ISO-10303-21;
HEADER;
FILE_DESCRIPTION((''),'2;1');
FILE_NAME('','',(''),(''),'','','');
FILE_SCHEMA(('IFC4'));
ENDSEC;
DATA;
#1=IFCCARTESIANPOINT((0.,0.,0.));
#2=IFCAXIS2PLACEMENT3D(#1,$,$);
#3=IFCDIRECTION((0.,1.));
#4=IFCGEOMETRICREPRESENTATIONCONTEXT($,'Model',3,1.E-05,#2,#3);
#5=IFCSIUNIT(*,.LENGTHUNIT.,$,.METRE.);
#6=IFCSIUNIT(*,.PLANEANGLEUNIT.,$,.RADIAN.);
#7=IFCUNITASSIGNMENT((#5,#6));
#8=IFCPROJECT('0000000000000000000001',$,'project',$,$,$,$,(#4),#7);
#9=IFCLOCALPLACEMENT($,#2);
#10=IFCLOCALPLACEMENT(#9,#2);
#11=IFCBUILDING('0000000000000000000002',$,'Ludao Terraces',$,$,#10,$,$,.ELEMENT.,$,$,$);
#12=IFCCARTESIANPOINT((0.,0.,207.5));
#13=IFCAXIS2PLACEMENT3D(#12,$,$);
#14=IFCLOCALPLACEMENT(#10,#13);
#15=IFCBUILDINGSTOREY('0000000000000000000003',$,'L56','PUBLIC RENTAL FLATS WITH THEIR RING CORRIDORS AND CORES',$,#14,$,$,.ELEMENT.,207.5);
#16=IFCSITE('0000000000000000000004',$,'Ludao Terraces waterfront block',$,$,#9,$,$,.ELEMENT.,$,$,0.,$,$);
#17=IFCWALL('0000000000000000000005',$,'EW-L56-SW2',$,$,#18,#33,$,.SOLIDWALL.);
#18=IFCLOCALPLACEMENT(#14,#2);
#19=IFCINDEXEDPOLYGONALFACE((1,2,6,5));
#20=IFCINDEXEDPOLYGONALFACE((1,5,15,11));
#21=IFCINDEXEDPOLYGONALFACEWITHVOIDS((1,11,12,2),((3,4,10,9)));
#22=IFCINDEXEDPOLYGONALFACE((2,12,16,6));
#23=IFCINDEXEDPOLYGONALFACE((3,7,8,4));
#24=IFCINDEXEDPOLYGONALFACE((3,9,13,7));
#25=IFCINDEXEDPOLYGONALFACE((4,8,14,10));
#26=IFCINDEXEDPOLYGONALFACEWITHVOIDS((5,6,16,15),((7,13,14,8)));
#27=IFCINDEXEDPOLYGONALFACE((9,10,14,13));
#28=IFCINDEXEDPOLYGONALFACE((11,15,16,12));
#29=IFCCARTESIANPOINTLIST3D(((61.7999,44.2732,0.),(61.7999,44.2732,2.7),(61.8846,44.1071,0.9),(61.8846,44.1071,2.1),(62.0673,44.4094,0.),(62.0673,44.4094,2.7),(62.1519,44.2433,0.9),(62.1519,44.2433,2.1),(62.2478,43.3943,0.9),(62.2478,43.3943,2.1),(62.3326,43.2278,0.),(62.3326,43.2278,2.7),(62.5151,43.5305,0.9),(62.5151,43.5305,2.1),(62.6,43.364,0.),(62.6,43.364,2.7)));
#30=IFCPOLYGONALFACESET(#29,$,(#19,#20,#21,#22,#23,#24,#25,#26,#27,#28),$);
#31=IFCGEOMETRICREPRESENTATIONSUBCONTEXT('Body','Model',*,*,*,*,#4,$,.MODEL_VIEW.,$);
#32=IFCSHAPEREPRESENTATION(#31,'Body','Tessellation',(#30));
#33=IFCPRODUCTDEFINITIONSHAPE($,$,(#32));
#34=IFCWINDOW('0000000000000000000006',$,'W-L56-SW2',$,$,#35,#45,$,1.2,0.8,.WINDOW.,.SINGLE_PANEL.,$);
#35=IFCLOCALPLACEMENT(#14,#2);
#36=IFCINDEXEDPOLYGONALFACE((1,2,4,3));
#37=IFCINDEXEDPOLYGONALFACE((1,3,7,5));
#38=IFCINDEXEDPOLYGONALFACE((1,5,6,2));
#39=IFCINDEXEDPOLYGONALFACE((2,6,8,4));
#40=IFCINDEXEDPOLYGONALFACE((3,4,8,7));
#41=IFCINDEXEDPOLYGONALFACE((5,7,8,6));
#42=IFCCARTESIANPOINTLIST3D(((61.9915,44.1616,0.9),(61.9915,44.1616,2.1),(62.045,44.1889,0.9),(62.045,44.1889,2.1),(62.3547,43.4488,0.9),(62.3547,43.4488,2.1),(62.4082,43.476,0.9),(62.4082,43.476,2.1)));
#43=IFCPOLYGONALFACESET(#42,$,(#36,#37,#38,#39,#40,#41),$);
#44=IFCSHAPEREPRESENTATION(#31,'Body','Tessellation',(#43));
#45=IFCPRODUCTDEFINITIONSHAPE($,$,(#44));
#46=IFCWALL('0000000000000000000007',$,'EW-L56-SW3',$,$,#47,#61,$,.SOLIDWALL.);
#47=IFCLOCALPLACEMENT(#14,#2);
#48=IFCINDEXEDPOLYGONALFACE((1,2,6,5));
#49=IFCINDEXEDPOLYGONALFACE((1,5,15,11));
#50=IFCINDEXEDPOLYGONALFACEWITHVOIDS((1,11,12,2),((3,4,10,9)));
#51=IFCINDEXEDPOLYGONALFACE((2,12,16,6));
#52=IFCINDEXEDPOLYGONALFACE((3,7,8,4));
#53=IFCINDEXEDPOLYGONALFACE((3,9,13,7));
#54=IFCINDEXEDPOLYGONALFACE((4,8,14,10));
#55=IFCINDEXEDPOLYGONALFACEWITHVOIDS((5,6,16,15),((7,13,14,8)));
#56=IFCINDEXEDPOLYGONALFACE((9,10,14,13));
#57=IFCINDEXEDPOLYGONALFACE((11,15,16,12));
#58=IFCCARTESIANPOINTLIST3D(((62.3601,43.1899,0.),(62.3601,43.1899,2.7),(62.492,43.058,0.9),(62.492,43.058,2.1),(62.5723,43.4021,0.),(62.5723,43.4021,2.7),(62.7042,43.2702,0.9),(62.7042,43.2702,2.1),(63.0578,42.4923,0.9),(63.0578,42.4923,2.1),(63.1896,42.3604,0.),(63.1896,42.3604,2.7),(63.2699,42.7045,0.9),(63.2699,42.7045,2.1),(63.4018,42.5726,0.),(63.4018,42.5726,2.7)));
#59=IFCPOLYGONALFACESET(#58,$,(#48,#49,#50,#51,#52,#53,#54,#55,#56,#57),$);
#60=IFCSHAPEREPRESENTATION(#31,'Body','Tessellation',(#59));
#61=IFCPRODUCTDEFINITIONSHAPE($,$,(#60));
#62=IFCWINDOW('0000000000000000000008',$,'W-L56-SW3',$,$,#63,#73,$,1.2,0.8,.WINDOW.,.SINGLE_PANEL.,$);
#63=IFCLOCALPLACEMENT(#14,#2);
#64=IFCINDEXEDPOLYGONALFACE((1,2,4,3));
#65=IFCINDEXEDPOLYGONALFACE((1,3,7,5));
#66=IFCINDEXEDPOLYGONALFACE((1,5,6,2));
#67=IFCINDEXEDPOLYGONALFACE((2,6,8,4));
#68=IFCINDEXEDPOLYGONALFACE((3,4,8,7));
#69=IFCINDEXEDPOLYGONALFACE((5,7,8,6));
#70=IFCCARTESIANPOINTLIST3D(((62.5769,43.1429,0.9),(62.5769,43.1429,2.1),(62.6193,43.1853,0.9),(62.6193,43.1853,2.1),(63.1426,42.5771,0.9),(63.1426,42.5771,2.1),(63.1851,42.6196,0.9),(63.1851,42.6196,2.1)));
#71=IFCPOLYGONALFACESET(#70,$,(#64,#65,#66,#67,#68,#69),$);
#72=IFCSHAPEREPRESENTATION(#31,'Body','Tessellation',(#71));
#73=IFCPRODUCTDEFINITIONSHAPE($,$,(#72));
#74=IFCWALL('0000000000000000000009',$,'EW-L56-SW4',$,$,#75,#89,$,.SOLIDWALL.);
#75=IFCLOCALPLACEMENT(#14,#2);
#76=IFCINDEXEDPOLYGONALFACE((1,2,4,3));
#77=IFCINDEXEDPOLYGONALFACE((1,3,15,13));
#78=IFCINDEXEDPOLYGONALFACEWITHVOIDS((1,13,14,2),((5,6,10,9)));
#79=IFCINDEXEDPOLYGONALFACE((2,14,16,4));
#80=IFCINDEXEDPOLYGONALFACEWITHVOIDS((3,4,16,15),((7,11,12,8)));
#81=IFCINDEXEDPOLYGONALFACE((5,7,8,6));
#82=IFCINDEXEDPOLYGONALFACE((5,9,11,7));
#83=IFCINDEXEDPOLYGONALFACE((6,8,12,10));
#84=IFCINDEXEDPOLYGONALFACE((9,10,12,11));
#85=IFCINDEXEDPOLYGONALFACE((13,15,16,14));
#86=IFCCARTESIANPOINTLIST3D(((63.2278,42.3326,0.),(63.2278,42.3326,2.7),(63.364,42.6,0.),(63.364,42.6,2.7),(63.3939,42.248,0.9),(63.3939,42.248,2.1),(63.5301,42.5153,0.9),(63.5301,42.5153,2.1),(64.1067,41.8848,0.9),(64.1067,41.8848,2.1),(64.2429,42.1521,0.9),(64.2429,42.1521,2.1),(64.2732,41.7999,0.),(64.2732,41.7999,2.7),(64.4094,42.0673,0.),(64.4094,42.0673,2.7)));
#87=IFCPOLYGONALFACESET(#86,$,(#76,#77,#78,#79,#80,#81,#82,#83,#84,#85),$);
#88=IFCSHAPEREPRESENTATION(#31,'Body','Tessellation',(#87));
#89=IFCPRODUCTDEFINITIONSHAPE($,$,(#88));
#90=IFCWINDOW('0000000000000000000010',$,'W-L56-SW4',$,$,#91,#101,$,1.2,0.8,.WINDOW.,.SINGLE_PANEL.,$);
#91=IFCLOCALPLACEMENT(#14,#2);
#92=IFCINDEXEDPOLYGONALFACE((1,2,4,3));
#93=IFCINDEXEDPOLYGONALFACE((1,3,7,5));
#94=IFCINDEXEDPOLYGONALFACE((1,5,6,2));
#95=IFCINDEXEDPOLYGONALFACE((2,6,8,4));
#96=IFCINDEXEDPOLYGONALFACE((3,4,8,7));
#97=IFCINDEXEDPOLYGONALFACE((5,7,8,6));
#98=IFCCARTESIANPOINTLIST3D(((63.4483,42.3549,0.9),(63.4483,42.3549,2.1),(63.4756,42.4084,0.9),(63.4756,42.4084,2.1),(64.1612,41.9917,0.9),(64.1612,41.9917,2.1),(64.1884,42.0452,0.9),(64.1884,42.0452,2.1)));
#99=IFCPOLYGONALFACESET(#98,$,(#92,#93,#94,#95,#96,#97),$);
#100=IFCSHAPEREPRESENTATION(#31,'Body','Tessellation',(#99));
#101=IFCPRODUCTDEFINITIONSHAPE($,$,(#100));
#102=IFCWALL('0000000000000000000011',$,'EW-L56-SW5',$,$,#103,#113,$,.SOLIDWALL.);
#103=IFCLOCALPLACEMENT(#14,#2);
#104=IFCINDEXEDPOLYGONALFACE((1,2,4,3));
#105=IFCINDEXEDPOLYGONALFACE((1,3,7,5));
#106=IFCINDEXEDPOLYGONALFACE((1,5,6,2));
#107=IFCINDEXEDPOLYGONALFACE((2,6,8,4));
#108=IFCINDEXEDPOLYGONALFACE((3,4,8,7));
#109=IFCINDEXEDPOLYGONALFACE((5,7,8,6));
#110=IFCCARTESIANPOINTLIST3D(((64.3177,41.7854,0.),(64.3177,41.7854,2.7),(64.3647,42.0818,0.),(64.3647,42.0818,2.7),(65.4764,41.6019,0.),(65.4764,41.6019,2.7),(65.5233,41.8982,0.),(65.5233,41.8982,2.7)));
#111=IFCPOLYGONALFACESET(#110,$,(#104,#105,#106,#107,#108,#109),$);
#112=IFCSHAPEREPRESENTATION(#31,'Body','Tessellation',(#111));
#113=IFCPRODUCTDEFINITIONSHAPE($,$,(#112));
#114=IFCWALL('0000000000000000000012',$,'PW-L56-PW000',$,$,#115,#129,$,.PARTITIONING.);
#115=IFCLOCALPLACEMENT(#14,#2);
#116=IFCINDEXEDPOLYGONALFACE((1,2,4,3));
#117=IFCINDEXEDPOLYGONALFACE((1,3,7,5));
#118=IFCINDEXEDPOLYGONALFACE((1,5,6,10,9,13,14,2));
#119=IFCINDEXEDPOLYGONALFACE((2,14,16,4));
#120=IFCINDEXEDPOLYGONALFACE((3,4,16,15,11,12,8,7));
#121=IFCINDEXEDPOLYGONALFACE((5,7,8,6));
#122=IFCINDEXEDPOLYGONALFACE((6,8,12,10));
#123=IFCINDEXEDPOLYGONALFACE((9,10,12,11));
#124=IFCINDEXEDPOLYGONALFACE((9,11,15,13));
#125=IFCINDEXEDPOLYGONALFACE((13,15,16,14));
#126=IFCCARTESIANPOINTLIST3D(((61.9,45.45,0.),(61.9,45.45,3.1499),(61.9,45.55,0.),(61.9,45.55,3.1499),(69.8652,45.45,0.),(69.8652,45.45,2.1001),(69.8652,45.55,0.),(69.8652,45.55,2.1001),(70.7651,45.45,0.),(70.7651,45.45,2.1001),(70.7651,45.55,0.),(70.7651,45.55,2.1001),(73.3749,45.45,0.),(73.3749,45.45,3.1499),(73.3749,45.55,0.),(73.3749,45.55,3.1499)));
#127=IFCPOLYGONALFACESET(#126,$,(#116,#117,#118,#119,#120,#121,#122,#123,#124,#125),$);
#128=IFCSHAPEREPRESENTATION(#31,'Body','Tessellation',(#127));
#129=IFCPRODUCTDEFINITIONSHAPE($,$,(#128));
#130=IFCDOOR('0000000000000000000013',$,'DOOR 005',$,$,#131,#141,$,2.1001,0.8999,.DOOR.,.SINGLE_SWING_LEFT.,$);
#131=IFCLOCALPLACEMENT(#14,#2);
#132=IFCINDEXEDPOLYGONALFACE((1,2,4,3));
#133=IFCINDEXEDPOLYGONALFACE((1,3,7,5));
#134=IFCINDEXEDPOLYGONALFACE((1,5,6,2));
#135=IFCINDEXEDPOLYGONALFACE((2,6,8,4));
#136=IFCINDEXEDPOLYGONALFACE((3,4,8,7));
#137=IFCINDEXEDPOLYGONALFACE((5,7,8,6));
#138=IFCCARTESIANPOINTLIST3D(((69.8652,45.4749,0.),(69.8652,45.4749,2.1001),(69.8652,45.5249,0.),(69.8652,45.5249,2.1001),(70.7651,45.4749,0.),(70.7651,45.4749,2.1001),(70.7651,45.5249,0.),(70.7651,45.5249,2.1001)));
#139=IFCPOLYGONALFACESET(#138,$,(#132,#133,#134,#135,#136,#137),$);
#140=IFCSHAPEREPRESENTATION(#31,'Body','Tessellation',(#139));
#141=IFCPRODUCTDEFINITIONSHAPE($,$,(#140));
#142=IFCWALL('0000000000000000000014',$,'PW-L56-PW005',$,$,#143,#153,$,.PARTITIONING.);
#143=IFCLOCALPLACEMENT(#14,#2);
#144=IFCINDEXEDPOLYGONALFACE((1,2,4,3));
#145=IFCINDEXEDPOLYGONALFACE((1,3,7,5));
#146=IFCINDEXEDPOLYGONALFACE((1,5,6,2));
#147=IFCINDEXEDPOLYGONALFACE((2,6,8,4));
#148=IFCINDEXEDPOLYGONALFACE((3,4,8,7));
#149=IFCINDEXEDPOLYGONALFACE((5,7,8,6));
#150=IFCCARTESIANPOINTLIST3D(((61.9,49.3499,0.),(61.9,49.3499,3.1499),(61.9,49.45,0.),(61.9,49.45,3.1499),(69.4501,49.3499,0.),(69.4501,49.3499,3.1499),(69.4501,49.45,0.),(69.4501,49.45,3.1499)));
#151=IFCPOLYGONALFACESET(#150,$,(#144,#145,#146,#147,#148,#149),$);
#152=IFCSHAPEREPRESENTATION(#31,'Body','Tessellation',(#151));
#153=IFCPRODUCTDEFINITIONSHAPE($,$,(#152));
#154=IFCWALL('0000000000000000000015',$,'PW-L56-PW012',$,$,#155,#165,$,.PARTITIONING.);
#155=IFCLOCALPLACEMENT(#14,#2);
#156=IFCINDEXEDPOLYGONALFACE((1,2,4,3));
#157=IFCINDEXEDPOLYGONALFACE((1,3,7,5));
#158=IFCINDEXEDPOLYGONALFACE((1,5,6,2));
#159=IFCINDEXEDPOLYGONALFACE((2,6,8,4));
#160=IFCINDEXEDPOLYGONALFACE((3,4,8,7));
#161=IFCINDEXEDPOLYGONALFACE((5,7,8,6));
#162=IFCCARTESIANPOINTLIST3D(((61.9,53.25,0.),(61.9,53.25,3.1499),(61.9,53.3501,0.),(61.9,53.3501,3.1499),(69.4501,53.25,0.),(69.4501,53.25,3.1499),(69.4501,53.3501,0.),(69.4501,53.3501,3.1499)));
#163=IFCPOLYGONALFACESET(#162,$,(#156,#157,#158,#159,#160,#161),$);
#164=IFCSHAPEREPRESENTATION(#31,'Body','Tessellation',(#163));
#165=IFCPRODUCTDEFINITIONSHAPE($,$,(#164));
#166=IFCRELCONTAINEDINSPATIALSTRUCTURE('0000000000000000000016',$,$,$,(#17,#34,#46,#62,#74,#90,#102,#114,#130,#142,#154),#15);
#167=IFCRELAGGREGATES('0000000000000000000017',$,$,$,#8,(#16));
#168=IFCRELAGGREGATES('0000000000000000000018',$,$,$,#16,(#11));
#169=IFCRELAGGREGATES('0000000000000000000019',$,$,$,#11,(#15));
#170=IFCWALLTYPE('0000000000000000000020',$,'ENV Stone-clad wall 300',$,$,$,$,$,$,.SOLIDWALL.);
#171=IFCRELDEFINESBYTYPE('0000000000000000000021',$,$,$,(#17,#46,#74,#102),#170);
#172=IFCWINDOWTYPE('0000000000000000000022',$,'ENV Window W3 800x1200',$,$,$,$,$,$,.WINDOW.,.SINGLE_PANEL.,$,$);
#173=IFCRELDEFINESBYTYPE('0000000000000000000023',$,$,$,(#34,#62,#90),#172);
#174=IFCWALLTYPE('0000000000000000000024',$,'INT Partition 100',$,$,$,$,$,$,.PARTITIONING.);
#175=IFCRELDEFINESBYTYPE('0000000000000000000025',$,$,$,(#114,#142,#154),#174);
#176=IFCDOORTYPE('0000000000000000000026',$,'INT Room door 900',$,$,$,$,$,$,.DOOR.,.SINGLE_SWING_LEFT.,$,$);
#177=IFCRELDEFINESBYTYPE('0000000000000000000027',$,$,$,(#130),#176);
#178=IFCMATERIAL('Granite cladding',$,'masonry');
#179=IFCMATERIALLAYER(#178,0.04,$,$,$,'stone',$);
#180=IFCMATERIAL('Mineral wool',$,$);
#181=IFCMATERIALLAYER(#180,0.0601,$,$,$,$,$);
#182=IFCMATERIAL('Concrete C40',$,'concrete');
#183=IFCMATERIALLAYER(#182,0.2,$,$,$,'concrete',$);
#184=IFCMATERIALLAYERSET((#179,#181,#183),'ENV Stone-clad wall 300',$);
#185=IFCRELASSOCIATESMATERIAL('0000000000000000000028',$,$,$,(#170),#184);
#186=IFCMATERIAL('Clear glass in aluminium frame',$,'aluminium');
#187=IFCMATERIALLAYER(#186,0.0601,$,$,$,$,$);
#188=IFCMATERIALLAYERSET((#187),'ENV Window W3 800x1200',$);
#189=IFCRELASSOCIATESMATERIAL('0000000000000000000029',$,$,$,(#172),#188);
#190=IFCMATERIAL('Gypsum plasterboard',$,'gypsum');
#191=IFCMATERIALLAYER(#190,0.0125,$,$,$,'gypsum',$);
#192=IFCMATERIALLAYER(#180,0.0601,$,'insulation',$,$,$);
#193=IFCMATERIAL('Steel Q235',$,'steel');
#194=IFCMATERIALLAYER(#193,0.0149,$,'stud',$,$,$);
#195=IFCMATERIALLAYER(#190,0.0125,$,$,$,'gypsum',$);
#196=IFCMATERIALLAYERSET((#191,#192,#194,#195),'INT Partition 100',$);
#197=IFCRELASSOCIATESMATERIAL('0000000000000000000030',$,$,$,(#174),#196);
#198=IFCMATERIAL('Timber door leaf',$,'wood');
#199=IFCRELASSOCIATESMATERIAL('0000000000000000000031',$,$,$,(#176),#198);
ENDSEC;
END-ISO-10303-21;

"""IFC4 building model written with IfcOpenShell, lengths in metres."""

from ifc_helpers import new_model, si_unit, direction, frame, frame_2d, origin, place, context, subcontext, project, spatial, rectangle, extrude, material, layer, layer_set, type_object, element, fill, save


model = new_model("IFC4")

# Units and contexts
model_context = context("Model", 3, precision=1e-05, world=origin(), true_north=direction((0.0, 1.0)))
body_context = subcontext(model_context, "Body", "Model", "MODEL_VIEW")
ifc_project = project(units=[si_unit("LENGTHUNIT", "METRE"), si_unit("PLANEANGLEUNIT", "RADIAN")], contexts=[model_context])

# Site, building, storey
site_placement = place(None, origin())
site = spatial("IfcSite", under=ifc_project, at=site_placement, Name="Ludao Terraces waterfront block", CompositionType="ELEMENT", RefElevation=0.0)
building_placement = place(site_placement, origin())
building = spatial("IfcBuilding", under=site, at=building_placement, Name="Ludao Terraces", CompositionType="ELEMENT")
storey_placement = place(building_placement, frame((0.0, 0.0, 207.5)))
storey = spatial("IfcBuildingStorey", under=building, at=storey_placement, Name="L56", Description="PUBLIC RENTAL FLATS WITH THEIR RING CORRIDORS AND CORES", CompositionType="ELEMENT", Elevation=207.5)

# Shared definitions
ifc_material_1 = material(Name="Concrete C40", Category="concrete")

# Shared definitions
ifc_material_2 = material(Name="Granite cladding", Category="masonry")
ifc_layer_1 = layer(ifc_material_2, 0.04, Category="stone")
ifc_material_3 = material(Name="Mineral wool")
ifc_layer_2 = layer(ifc_material_3, 0.0601)
ifc_layer_3 = layer(ifc_material_1, 0.2, Category="concrete")
ifc_layer_set_1 = layer_set([ifc_layer_1, ifc_layer_2, ifc_layer_3], Name="ENV Stone-clad wall 300")
wall_type_1 = type_object("IfcWallType", Name="ENV Stone-clad wall 300", PredefinedType="SOLIDWALL", material=ifc_layer_set_1)
ifc_material_4 = material(Name="Clear glass in aluminium frame", Category="aluminium")

# Walls, openings, windows
wall_1_placement = place(storey_placement, frame((61.9336, 44.3413, 0.0), z_axis=(0.0, 0.0, 1.0), x_axis=(0.454026, -0.890989, 0.0)))
wall_1 = element("IfcWall", 1, at=wall_1_placement, inside=storey, type_object=wall_type_1, Name="EW-L56-SW2", PredefinedType="SOLIDWALL", context=body_context, shape_type="SweptSolid", body=[
    extrude(rectangle(XDim=1.1733, YDim=0.3, at=frame_2d((0.5867, 0.0))), origin(), (0.0, 0.0, 1.0), 2.7),
])
opening_1_placement = place(wall_1_placement, frame((0.1865, 0.0, 0.8999)))
opening_1 = element("IfcOpeningElement", 2, at=opening_1_placement, cuts=wall_1, PredefinedType="OPENING", context=body_context, shape_type="SweptSolid", body=[
    extrude(rectangle(XDim=0.8, YDim=1.2, at=frame_2d((0.3999, 0.6001))), frame((0.0, 0.1602, 0.0), z_axis=(0.0, -1.0, 0.0), x_axis=(1.0, 0.0, 0.0)), (0.0, 0.0, 1.0), 0.3201),
])
ifc_layer_4 = layer(ifc_material_4, 0.0601)
ifc_layer_set_2 = layer_set([ifc_layer_4], Name="ENV Window W3 800x1200")
window_type_1 = type_object("IfcWindowType", Name="ENV Window W3 800x1200", PartitioningType="SINGLE_PANEL", PredefinedType="WINDOW", material=ifc_layer_set_2)
window_1_placement = place(opening_1_placement, origin())
window_1 = element("IfcWindow", 3, at=window_1_placement, inside=storey, type_object=window_type_1, Name="W-L56-SW2", OverallHeight=1.2, OverallWidth=0.8, PartitioningType="SINGLE_PANEL", PredefinedType="WINDOW", context=body_context, shape_type="SweptSolid", body=[
    extrude(rectangle(XDim=0.8, YDim=1.2, at=frame_2d((0.3999, 0.6001))), frame((0.0, 0.03, 0.0), z_axis=(0.0, -1.0, 0.0), x_axis=(1.0, 0.0, 0.0)), (0.0, 0.0, 1.0), 0.0601),
])
fill(opening_1, window_1)
wall_2_placement = place(storey_placement, frame((62.4663, 43.2959, 0.0), z_axis=(0.0, 0.0, 1.0), x_axis=(0.707107, -0.707107, 0.0)))
wall_2 = element("IfcWall", 4, at=wall_2_placement, inside=storey, type_object=wall_type_1, Name="EW-L56-SW3", PredefinedType="SOLIDWALL", context=body_context, shape_type="SweptSolid", body=[
    extrude(rectangle(XDim=1.1731, YDim=0.3, at=frame_2d((0.5864, 0.0))), origin(), (0.0, 0.0, 1.0), 2.7),
])
opening_2_placement = place(wall_2_placement, frame((0.1865, 0.0, 0.8999)))
opening_2 = element("IfcOpeningElement", 5, at=opening_2_placement, cuts=wall_2, PredefinedType="OPENING", context=body_context, shape_type="SweptSolid", body=[
    extrude(rectangle(XDim=0.8, YDim=1.2, at=frame_2d((0.3999, 0.6001))), frame((0.0, 0.1602, 0.0), z_axis=(0.0, -1.0, 0.0), x_axis=(1.0, 0.0, 0.0)), (0.0, 0.0, 1.0), 0.3201),
])
window_2_placement = place(opening_2_placement, origin())
window_2 = element("IfcWindow", 6, at=window_2_placement, inside=storey, type_object=window_type_1, Name="W-L56-SW3", OverallHeight=1.2, OverallWidth=0.8, PartitioningType="SINGLE_PANEL", PredefinedType="WINDOW", context=body_context, shape_type="SweptSolid", body=[
    extrude(rectangle(XDim=0.8, YDim=1.2, at=frame_2d((0.3999, 0.6001))), frame((0.0, 0.03, 0.0), z_axis=(0.0, -1.0, 0.0), x_axis=(1.0, 0.0, 0.0)), (0.0, 0.0, 1.0), 0.0601),
])
fill(opening_2, window_2)
wall_3_placement = place(storey_placement, frame((63.2959, 42.4663, 0.0), z_axis=(0.0, 0.0, 1.0), x_axis=(0.890989, -0.454026, 0.0)))
wall_3 = element("IfcWall", 7, at=wall_3_placement, inside=storey, type_object=wall_type_1, Name="EW-L56-SW4", PredefinedType="SOLIDWALL", context=body_context, shape_type="SweptSolid", body=[
    extrude(rectangle(XDim=1.1733, YDim=0.3, at=frame_2d((0.5867, 0.0))), origin(), (0.0, 0.0, 1.0), 2.7),
])
opening_3_placement = place(wall_3_placement, frame((0.1865, 0.0, 0.8999)))
opening_3 = element("IfcOpeningElement", 8, at=opening_3_placement, cuts=wall_3, PredefinedType="OPENING", context=body_context, shape_type="SweptSolid", body=[
    extrude(rectangle(XDim=0.8, YDim=1.2, at=frame_2d((0.3999, 0.6001))), frame((0.0, 0.1602, 0.0), z_axis=(0.0, -1.0, 0.0), x_axis=(1.0, 0.0, 0.0)), (0.0, 0.0, 1.0), 0.3201),
])
window_3_placement = place(opening_3_placement, origin())
window_3 = element("IfcWindow", 9, at=window_3_placement, inside=storey, type_object=window_type_1, Name="W-L56-SW4", OverallHeight=1.2, OverallWidth=0.8, PartitioningType="SINGLE_PANEL", PredefinedType="WINDOW", context=body_context, shape_type="SweptSolid", body=[
    extrude(rectangle(XDim=0.8, YDim=1.2, at=frame_2d((0.3999, 0.6001))), frame((0.0, 0.03, 0.0), z_axis=(0.0, -1.0, 0.0), x_axis=(1.0, 0.0, 0.0)), (0.0, 0.0, 1.0), 0.0601),
])
fill(opening_3, window_3)

# Wall
wall_4_placement = place(storey_placement, frame((64.3413, 41.9336, 0.0), z_axis=(0.0, 0.0, 1.0), x_axis=(0.987678, -0.156497, 0.0)))
element("IfcWall", 10, at=wall_4_placement, inside=storey, type_object=wall_type_1, Name="EW-L56-SW5", PredefinedType="SOLIDWALL", context=body_context, shape_type="SweptSolid", body=[
    extrude(rectangle(XDim=1.1731, YDim=0.3, at=frame_2d((0.5864, 0.0))), origin(), (0.0, 0.0, 1.0), 2.7),
])

# Wall, opening, door
ifc_material_5 = material(Name="Gypsum plasterboard", Category="gypsum")
ifc_layer_5 = layer(ifc_material_5, 0.0125, Category="gypsum")
ifc_layer_6 = layer(ifc_material_3, 0.0601, Name="insulation")
ifc_material_6 = material(Name="Steel Q235", Category="steel")
ifc_layer_7 = layer(ifc_material_6, 0.0149, Name="stud")
ifc_layer_8 = layer(ifc_material_5, 0.0125, Category="gypsum")
ifc_layer_set_3 = layer_set([ifc_layer_5, ifc_layer_6, ifc_layer_7, ifc_layer_8], Name="INT Partition 100")
wall_type_2 = type_object("IfcWallType", Name="INT Partition 100", PredefinedType="PARTITIONING", material=ifc_layer_set_3)
wall_5_placement = place(storey_placement, frame((61.9001, 45.5, 0.0), z_axis=(0.0, 0.0, 1.0), x_axis=(1.0, 0.0, 0.0)))
wall_5 = element("IfcWall", 11, at=wall_5_placement, inside=storey, type_object=wall_type_2, Name="PW-L56-PW000", PredefinedType="PARTITIONING", context=body_context, shape_type="SweptSolid", body=[
    extrude(rectangle(XDim=11.4749, YDim=0.1001, at=frame_2d((5.7373, 0.0))), origin(), (0.0, 0.0, 1.0), 3.1499),
])
opening_4_placement = place(wall_5_placement, frame((7.9651, 0.0, 0.0)))
opening_4 = element("IfcOpeningElement", 12, at=opening_4_placement, cuts=wall_5, PredefinedType="OPENING", context=body_context, shape_type="SweptSolid", body=[
    extrude(rectangle(XDim=0.8999, YDim=2.1001, at=frame_2d((0.45, 1.05))), frame((0.0, 0.0601, 0.0), z_axis=(0.0, -1.0, 0.0), x_axis=(1.0, 0.0, 0.0)), (0.0, 0.0, 1.0), 0.1201),
])
ifc_material_7 = material(Name="Timber door leaf", Category="wood")
door_type_1 = type_object("IfcDoorType", Name="INT Room door 900", OperationType="SINGLE_SWING_LEFT", PredefinedType="DOOR", material=ifc_material_7)
door_1_placement = place(opening_4_placement, origin())
door_1 = element("IfcDoor", 13, at=door_1_placement, inside=storey, type_object=door_type_1, Name="DOOR 005", OperationType="SINGLE_SWING_LEFT", OverallHeight=2.1001, OverallWidth=0.8999, PredefinedType="DOOR", context=body_context, shape_type="SweptSolid", body=[
    extrude(rectangle(XDim=0.8999, YDim=2.1001, at=frame_2d((0.45, 1.05))), frame((0.0, 0.0249, 0.0), z_axis=(0.0, -1.0, 0.0), x_axis=(1.0, 0.0, 0.0)), (0.0, 0.0, 1.0), 0.05),
])
fill(opening_4, door_1)

# Walls
for number, where, z_axis, x_axis, name in (
    (14, (61.9001, 49.3999, 0.0), (0.0, 0.0, 1.0), (1.0, 0.0, 0.0), "PW-L56-PW005"),
    (15, (61.9001, 53.3, 0.0), (0.0, 0.0, 1.0), (1.0, 0.0, 0.0), "PW-L56-PW012"),
):
    element("IfcWall", number, at=place(storey_placement, frame(where, z_axis=z_axis, x_axis=x_axis)), inside=storey, type_object=wall_type_2, Name=name, PredefinedType="PARTITIONING", context=body_context, shape_type="SweptSolid", body=[
        extrude(rectangle(XDim=7.55, YDim=0.1001, at=frame_2d((3.7749, 0.0))), origin(), (0.0, 0.0, 1.0), 3.1499),
    ])

save(model, "model.ifc")
